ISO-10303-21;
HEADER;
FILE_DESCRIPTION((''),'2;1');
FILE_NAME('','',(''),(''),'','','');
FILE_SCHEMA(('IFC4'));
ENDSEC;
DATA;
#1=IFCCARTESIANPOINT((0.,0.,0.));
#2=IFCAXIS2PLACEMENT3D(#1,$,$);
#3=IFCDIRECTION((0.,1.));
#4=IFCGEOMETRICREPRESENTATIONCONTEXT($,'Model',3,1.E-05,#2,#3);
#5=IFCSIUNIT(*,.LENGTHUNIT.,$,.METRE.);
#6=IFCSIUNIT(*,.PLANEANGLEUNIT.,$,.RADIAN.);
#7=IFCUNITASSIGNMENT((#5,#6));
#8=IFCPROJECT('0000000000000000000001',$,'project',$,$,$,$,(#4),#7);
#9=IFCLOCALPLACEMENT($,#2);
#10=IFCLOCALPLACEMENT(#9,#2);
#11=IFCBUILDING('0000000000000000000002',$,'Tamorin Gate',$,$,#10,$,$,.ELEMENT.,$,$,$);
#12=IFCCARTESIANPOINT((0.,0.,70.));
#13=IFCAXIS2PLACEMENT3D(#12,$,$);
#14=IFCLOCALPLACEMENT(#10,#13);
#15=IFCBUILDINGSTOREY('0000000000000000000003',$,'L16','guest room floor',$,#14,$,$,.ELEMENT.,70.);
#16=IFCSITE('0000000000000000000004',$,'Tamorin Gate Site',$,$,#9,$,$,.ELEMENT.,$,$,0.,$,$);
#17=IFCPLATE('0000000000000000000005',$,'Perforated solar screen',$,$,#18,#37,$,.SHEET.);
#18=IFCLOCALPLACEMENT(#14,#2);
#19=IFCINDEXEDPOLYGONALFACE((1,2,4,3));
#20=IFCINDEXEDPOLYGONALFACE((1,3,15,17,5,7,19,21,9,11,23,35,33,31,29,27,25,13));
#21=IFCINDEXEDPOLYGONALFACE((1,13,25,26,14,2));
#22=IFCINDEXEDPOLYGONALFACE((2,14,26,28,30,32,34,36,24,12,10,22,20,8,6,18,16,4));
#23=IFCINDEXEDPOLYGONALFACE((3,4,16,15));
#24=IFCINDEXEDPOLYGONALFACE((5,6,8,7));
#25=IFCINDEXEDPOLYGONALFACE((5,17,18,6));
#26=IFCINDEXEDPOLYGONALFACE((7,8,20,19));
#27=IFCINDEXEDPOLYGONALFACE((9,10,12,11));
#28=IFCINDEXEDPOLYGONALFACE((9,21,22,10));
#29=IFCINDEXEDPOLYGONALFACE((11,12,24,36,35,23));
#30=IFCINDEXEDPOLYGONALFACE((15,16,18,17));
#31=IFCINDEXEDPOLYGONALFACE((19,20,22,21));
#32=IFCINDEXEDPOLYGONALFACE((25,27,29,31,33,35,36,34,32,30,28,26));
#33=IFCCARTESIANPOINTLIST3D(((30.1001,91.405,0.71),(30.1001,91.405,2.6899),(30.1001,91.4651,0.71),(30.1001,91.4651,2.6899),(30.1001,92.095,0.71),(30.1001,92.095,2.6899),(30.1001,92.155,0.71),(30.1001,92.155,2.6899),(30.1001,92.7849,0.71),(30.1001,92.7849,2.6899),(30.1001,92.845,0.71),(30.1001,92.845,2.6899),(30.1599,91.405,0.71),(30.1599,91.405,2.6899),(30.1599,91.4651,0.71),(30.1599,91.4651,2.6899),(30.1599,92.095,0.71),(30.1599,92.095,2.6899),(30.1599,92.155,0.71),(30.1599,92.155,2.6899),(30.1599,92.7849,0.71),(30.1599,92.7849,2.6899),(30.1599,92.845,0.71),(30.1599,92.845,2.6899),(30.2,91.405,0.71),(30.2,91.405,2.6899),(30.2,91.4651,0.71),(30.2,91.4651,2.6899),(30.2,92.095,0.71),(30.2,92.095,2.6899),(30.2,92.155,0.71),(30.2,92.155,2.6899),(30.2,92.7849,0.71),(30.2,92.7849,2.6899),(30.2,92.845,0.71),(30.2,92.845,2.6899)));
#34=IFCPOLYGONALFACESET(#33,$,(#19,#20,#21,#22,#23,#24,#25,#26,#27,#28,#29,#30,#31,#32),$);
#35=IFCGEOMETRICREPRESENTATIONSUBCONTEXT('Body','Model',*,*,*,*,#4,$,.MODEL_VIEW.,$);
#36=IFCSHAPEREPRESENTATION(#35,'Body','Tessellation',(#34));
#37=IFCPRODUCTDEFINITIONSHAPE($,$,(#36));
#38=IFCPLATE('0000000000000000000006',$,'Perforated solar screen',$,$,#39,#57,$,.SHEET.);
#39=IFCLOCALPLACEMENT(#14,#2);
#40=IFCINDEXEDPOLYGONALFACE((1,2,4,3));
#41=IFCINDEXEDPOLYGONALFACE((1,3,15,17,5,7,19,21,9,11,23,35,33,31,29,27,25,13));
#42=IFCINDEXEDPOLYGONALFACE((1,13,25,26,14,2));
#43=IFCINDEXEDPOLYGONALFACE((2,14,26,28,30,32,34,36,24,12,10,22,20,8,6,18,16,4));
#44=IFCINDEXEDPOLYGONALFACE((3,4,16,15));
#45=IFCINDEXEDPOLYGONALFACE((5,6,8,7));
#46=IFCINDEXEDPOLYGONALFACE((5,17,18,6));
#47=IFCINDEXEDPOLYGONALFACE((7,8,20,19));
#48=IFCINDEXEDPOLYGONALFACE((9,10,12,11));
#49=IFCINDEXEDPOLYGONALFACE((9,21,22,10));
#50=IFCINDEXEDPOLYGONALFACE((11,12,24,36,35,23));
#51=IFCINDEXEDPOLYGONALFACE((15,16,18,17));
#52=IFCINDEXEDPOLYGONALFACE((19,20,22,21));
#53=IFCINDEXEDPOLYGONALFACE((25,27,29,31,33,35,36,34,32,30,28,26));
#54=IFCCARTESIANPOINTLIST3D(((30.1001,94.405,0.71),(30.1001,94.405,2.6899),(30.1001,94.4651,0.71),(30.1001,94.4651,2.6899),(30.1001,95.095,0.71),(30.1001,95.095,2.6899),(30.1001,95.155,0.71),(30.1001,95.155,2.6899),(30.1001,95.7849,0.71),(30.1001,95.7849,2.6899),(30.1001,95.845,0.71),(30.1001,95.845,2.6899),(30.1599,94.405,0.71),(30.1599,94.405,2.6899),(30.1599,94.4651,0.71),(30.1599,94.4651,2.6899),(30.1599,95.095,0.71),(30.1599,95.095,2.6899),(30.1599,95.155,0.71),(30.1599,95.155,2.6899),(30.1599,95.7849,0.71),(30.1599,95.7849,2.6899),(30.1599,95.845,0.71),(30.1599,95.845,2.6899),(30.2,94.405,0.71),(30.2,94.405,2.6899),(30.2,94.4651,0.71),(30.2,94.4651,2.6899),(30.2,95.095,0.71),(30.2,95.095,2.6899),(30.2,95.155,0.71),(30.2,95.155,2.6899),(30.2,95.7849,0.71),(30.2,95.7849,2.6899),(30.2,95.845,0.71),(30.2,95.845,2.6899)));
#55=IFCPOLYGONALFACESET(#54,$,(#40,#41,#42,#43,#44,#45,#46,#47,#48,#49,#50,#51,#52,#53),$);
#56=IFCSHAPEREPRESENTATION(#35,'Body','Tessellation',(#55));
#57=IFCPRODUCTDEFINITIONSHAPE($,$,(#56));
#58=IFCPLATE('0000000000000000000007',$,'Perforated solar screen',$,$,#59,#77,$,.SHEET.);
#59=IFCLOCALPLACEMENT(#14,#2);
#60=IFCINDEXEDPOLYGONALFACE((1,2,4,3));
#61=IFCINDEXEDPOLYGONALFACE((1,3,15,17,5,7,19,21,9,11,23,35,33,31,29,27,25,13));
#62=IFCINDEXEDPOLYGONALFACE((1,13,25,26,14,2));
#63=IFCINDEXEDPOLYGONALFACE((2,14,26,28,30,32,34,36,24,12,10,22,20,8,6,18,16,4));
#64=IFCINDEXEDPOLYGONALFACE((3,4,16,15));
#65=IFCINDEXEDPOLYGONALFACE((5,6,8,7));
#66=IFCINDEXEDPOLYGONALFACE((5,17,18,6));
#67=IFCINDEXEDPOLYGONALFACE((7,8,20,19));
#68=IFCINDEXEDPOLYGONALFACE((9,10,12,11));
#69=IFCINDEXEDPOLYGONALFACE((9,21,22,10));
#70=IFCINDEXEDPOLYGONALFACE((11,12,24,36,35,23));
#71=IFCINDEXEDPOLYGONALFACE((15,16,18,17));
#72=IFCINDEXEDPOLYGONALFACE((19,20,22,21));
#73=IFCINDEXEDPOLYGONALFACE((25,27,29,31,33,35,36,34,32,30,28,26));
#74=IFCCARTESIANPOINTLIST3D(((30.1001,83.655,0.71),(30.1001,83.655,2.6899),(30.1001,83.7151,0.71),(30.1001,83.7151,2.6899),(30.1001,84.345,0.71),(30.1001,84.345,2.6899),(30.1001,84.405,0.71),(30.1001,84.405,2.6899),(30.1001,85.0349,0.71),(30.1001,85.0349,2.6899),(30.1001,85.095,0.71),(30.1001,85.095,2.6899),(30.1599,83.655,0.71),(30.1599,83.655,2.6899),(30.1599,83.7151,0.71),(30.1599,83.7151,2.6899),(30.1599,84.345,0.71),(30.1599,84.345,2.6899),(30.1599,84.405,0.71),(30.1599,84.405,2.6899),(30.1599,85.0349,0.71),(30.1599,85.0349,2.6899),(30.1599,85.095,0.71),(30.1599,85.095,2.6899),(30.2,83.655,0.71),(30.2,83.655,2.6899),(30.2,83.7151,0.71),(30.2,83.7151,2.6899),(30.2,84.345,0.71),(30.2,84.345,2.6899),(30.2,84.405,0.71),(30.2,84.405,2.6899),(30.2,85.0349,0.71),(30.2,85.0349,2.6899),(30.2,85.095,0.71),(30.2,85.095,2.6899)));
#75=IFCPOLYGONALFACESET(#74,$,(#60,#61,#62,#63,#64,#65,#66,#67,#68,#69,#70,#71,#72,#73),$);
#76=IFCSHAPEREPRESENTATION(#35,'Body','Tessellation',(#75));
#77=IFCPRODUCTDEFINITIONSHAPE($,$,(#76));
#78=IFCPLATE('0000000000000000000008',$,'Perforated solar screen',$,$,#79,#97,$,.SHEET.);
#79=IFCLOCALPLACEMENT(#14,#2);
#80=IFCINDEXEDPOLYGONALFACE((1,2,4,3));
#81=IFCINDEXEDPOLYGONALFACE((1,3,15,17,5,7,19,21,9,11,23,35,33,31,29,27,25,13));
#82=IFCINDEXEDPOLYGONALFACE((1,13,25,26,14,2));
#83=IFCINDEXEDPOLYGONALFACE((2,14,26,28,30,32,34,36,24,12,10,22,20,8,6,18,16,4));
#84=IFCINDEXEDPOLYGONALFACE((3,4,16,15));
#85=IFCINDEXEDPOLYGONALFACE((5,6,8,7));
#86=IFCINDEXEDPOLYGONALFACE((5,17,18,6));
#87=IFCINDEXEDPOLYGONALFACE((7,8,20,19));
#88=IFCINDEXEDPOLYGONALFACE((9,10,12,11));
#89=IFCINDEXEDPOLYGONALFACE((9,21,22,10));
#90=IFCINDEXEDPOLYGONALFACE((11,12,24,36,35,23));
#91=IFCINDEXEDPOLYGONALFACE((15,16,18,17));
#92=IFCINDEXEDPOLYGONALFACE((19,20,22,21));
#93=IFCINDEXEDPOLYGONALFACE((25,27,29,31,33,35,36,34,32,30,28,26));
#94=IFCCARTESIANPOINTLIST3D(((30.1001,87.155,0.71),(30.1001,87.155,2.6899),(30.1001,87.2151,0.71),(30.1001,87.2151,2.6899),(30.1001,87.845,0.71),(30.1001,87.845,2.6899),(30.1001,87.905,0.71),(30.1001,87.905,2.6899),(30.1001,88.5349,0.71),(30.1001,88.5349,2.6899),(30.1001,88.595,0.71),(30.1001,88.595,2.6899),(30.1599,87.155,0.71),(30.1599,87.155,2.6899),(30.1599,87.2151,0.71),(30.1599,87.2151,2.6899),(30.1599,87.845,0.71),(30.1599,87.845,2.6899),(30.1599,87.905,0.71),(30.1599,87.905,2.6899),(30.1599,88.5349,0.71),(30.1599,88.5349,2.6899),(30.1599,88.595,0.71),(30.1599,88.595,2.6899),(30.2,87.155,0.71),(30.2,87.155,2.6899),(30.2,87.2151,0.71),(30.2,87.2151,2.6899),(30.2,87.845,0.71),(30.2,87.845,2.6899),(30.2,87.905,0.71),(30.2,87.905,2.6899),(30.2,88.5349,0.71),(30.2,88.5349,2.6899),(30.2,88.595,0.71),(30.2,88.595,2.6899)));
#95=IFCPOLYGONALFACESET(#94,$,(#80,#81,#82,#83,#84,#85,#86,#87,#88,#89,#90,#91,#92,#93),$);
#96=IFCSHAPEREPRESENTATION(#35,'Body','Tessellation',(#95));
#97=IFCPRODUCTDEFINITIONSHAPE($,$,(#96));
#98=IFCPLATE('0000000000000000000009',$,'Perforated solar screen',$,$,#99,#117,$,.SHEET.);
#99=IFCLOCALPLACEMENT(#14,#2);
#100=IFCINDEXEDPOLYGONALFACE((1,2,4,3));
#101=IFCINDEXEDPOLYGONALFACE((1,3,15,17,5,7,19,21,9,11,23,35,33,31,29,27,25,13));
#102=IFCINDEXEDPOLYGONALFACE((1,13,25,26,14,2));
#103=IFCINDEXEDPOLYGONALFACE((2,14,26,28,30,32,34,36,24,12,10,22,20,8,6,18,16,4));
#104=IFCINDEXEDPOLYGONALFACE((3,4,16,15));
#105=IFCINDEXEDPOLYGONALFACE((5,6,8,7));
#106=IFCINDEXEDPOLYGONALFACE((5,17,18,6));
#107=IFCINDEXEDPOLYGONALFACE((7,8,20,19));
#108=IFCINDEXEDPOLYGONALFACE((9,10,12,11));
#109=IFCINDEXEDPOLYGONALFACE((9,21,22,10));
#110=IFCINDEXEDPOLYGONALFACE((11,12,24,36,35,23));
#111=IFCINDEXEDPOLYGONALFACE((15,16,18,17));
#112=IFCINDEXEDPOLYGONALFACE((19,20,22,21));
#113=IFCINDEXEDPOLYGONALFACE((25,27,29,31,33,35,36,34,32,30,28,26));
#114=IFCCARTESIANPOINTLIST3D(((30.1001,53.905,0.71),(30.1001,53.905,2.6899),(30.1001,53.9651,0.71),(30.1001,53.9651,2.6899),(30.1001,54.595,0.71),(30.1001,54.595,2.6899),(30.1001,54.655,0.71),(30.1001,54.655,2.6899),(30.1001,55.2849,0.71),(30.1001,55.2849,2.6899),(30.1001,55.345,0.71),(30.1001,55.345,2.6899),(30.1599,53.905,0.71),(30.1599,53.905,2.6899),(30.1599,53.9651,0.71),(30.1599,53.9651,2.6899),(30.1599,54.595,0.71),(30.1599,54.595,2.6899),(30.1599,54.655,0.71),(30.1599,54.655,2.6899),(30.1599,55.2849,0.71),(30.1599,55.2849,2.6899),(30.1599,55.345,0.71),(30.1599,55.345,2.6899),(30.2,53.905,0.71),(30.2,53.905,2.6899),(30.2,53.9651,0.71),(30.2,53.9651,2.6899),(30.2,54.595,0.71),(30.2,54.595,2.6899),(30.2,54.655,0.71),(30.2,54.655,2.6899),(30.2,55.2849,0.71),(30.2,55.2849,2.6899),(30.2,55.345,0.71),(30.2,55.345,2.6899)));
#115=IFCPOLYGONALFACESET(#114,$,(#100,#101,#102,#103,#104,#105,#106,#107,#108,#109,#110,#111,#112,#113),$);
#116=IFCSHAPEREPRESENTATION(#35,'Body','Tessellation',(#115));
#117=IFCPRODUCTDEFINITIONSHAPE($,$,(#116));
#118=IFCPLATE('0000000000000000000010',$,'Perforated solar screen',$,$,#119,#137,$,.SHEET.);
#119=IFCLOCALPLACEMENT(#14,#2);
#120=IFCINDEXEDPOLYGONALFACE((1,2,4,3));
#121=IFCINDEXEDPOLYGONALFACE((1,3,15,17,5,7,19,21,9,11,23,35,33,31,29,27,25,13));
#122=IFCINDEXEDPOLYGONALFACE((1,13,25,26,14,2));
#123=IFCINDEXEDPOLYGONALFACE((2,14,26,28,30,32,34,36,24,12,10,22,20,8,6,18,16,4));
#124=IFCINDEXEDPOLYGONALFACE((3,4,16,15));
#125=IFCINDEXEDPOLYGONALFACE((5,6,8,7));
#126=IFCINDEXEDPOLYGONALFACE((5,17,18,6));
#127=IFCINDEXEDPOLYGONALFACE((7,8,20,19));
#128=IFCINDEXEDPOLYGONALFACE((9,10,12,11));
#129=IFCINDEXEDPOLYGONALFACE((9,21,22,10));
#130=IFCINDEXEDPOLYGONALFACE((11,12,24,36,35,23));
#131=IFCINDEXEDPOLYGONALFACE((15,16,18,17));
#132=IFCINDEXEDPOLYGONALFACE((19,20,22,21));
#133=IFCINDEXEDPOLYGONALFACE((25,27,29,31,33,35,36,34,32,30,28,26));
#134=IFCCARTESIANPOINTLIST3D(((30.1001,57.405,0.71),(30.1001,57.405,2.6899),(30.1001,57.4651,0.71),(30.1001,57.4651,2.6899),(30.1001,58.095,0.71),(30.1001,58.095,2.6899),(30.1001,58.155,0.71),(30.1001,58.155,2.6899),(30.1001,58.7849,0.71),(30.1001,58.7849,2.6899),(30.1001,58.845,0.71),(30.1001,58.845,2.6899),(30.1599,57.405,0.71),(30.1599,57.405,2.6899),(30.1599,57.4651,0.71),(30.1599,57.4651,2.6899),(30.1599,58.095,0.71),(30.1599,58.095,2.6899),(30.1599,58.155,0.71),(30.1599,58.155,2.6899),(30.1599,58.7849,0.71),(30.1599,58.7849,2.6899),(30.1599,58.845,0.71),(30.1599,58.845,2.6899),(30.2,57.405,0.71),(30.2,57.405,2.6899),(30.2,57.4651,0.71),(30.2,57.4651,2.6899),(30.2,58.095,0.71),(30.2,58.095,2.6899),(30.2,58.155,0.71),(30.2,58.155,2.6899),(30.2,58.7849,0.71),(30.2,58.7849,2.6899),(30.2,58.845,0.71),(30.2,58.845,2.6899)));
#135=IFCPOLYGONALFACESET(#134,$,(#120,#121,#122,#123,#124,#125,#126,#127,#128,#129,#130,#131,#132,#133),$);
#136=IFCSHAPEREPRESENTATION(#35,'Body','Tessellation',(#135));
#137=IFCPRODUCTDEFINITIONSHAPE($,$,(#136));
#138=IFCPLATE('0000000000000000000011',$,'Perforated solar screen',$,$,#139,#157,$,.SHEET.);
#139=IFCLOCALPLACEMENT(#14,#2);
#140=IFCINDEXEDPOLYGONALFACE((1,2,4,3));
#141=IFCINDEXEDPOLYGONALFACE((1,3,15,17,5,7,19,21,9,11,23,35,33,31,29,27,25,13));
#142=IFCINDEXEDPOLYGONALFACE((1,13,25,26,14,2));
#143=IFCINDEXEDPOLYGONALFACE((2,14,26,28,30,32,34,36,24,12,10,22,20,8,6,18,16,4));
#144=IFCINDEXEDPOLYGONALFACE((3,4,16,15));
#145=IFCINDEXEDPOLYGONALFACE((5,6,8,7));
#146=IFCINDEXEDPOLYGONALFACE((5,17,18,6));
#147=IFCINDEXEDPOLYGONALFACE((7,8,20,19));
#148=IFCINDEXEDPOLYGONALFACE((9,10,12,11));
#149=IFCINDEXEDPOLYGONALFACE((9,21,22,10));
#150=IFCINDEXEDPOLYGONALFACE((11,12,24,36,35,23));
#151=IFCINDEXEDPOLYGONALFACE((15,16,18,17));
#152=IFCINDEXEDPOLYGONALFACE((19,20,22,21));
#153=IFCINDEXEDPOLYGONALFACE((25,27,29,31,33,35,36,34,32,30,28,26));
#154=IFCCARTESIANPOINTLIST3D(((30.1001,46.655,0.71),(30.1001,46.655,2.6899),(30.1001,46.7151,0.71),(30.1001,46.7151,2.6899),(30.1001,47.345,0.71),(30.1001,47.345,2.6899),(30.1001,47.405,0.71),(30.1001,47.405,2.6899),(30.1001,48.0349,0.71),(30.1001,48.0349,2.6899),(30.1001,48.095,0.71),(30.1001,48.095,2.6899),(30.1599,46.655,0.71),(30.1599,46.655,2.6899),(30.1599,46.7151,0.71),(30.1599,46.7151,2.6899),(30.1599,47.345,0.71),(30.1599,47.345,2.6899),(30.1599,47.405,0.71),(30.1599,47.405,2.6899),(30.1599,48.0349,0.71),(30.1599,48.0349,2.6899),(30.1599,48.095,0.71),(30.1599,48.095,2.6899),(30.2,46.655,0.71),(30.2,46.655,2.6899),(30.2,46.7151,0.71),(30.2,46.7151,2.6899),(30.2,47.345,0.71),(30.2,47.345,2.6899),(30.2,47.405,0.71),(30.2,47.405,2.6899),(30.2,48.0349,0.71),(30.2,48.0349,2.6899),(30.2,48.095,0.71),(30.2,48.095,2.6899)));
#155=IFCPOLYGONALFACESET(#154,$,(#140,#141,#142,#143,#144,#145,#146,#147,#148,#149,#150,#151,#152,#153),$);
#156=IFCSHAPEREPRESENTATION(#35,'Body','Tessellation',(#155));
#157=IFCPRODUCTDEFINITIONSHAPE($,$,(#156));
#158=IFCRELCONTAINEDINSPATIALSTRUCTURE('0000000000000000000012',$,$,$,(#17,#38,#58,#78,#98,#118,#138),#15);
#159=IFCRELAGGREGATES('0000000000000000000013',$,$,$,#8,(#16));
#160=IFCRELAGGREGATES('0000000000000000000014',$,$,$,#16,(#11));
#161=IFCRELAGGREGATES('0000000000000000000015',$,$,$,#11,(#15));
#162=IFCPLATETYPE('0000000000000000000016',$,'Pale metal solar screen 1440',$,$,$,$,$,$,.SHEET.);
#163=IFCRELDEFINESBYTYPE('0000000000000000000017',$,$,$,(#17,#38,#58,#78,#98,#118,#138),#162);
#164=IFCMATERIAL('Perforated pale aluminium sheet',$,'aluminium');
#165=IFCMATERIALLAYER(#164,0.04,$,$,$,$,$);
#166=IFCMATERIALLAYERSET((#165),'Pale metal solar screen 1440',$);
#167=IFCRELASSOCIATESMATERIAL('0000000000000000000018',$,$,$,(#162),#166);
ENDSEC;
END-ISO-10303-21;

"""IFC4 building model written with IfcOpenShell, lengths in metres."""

from ifc_helpers import new_model, si_unit, direction, frame, origin, place, context, subcontext, project, spatial, polyline, outline, extrude, material, layer, layer_set, type_object, element, save


model = new_model("IFC4")

# Units and contexts
model_context = context("Model", 3, precision=1e-05, world=origin(), true_north=direction((0.0, 1.0)))
body_context = subcontext(model_context, "Body", "Model", "MODEL_VIEW")
ifc_project = project(units=[si_unit("LENGTHUNIT", "METRE"), si_unit("PLANEANGLEUNIT", "RADIAN")], contexts=[model_context])

# Site, building, storey
site_placement = place(None, origin())
site = spatial("IfcSite", under=ifc_project, at=site_placement, Name="Tamorin Gate Site", CompositionType="ELEMENT", RefElevation=0.0)
building_placement = place(site_placement, origin())
building = spatial("IfcBuilding", under=site, at=building_placement, Name="Tamorin Gate", CompositionType="ELEMENT")
storey_placement = place(building_placement, frame((0.0, 0.0, 70.0)))
storey = spatial("IfcBuildingStorey", under=building, at=storey_placement, Name="L16", Description="guest room floor", CompositionType="ELEMENT", Elevation=70.0)

# Plates
ifc_material_1 = material(Name="Perforated pale aluminium sheet", Category="aluminium")
ifc_layer_1 = layer(ifc_material_1, 0.04)
ifc_layer_set_1 = layer_set([ifc_layer_1], Name="Pale metal solar screen 1440")
plate_type = type_object("IfcPlateType", Name="Pale metal solar screen 1440", PredefinedType="SHEET", material=ifc_layer_set_1)
plate_1_placement = place(storey_placement, frame((0.0, 0.0, 0.71)))
element("IfcPlate", 1, at=plate_1_placement, inside=storey, type_object=plate_type, Name="Perforated solar screen", PredefinedType="SHEET", context=body_context, shape_type="SweptSolid", body=[
    extrude(outline(polyline([(30.1599, 92.845), (30.2, 92.845), (30.2, 92.7849), (30.2, 92.155), (30.2, 92.095), (30.2, 91.4651), (30.2, 91.405), (30.1599, 91.405), (30.1001, 91.405), (30.1001, 91.4651), (30.1599, 91.4651), (30.1599, 92.095), (30.1001, 92.095), (30.1001, 92.155), (30.1599, 92.155), (30.1599, 92.7849), (30.1001, 92.7849), (30.1001, 92.845), (30.1599, 92.845)])), origin(), (0.0, 0.0, 1.0), 1.98),
])
plate_2_placement = place(storey_placement, frame((0.0, 0.0, 0.71)))
element("IfcPlate", 2, at=plate_2_placement, inside=storey, type_object=plate_type, Name="Perforated solar screen", PredefinedType="SHEET", context=body_context, shape_type="SweptSolid", body=[
    extrude(outline(polyline([(30.1599, 95.845), (30.2, 95.845), (30.2, 95.7849), (30.2, 95.155), (30.2, 95.095), (30.2, 94.4651), (30.2, 94.405), (30.2, 94.405), (30.1599, 94.405), (30.1599, 94.405), (30.1001, 94.405), (30.1001, 94.4651), (30.1599, 94.4651), (30.1599, 95.095), (30.1001, 95.095), (30.1001, 95.155), (30.1599, 95.155), (30.1599, 95.7849), (30.1001, 95.7849), (30.1001, 95.845), (30.1599, 95.845)])), origin(), (0.0, 0.0, 1.0), 1.98),
])
plate_3_placement = place(storey_placement, frame((0.0, 0.0, 0.71)))
element("IfcPlate", 3, at=plate_3_placement, inside=storey, type_object=plate_type, Name="Perforated solar screen", PredefinedType="SHEET", context=body_context, shape_type="SweptSolid", body=[
    extrude(outline(polyline([(30.1599, 85.095), (30.2, 85.095), (30.2, 85.0349), (30.2, 84.405), (30.2, 84.345), (30.2, 83.7151), (30.2, 83.655), (30.1599, 83.655), (30.1001, 83.655), (30.1001, 83.7151), (30.1599, 83.7151), (30.1599, 84.345), (30.1001, 84.345), (30.1001, 84.405), (30.1599, 84.405), (30.1599, 85.0349), (30.1001, 85.0349), (30.1001, 85.095), (30.1599, 85.095)])), origin(), (0.0, 0.0, 1.0), 1.98),
])
plate_4_placement = place(storey_placement, frame((0.0, 0.0, 0.71)))
element("IfcPlate", 4, at=plate_4_placement, inside=storey, type_object=plate_type, Name="Perforated solar screen", PredefinedType="SHEET", context=body_context, shape_type="SweptSolid", body=[
    extrude(outline(polyline([(30.1599, 88.595), (30.2, 88.595), (30.2, 88.5349), (30.2, 87.905), (30.2, 87.845), (30.2, 87.2151), (30.2, 87.155), (30.1599, 87.155), (30.1001, 87.155), (30.1001, 87.2151), (30.1599, 87.2151), (30.1599, 87.845), (30.1001, 87.845), (30.1001, 87.905), (30.1599, 87.905), (30.1599, 88.5349), (30.1001, 88.5349), (30.1001, 88.595), (30.1599, 88.595)])), origin(), (0.0, 0.0, 1.0), 1.98),
])
plate_5_placement = place(storey_placement, frame((0.0, 0.0, 0.71)))
element("IfcPlate", 5, at=plate_5_placement, inside=storey, type_object=plate_type, Name="Perforated solar screen", PredefinedType="SHEET", context=body_context, shape_type="SweptSolid", body=[
    extrude(outline(polyline([(30.1599, 55.345), (30.2, 55.345), (30.2, 55.2849), (30.2, 54.655), (30.2, 54.595), (30.2, 53.9651), (30.2, 53.905), (30.1599, 53.905), (30.1001, 53.905), (30.1001, 53.9651), (30.1599, 53.9651), (30.1599, 54.595), (30.1001, 54.595), (30.1001, 54.655), (30.1599, 54.655), (30.1599, 55.2849), (30.1001, 55.2849), (30.1001, 55.345), (30.1599, 55.345)])), origin(), (0.0, 0.0, 1.0), 1.98),
])
plate_6_placement = place(storey_placement, frame((0.0, 0.0, 0.71)))
element("IfcPlate", 6, at=plate_6_placement, inside=storey, type_object=plate_type, Name="Perforated solar screen", PredefinedType="SHEET", context=body_context, shape_type="SweptSolid", body=[
    extrude(outline(polyline([(30.1599, 58.845), (30.2, 58.845), (30.2, 58.7849), (30.2, 58.155), (30.2, 58.095), (30.2, 57.4651), (30.2, 57.405), (30.1599, 57.405), (30.1001, 57.405), (30.1001, 57.4651), (30.1599, 57.4651), (30.1599, 58.095), (30.1001, 58.095), (30.1001, 58.155), (30.1599, 58.155), (30.1599, 58.7849), (30.1001, 58.7849), (30.1001, 58.845), (30.1599, 58.845)])), origin(), (0.0, 0.0, 1.0), 1.98),
])
plate_7_placement = place(storey_placement, frame((0.0, 0.0, 0.71)))
element("IfcPlate", 7, at=plate_7_placement, inside=storey, type_object=plate_type, Name="Perforated solar screen", PredefinedType="SHEET", context=body_context, shape_type="SweptSolid", body=[
    extrude(outline(polyline([(30.1599, 48.095), (30.2, 48.095), (30.2, 48.0349), (30.2, 47.405), (30.2, 47.345), (30.2, 46.7151), (30.2, 46.655), (30.1599, 46.655), (30.1001, 46.655), (30.1001, 46.7151), (30.1599, 46.7151), (30.1599, 47.345), (30.1001, 47.345), (30.1001, 47.405), (30.1599, 47.405), (30.1599, 48.0349), (30.1001, 48.0349), (30.1001, 48.095), (30.1599, 48.095)])), origin(), (0.0, 0.0, 1.0), 1.98),
])

save(model, "model.ifc")
